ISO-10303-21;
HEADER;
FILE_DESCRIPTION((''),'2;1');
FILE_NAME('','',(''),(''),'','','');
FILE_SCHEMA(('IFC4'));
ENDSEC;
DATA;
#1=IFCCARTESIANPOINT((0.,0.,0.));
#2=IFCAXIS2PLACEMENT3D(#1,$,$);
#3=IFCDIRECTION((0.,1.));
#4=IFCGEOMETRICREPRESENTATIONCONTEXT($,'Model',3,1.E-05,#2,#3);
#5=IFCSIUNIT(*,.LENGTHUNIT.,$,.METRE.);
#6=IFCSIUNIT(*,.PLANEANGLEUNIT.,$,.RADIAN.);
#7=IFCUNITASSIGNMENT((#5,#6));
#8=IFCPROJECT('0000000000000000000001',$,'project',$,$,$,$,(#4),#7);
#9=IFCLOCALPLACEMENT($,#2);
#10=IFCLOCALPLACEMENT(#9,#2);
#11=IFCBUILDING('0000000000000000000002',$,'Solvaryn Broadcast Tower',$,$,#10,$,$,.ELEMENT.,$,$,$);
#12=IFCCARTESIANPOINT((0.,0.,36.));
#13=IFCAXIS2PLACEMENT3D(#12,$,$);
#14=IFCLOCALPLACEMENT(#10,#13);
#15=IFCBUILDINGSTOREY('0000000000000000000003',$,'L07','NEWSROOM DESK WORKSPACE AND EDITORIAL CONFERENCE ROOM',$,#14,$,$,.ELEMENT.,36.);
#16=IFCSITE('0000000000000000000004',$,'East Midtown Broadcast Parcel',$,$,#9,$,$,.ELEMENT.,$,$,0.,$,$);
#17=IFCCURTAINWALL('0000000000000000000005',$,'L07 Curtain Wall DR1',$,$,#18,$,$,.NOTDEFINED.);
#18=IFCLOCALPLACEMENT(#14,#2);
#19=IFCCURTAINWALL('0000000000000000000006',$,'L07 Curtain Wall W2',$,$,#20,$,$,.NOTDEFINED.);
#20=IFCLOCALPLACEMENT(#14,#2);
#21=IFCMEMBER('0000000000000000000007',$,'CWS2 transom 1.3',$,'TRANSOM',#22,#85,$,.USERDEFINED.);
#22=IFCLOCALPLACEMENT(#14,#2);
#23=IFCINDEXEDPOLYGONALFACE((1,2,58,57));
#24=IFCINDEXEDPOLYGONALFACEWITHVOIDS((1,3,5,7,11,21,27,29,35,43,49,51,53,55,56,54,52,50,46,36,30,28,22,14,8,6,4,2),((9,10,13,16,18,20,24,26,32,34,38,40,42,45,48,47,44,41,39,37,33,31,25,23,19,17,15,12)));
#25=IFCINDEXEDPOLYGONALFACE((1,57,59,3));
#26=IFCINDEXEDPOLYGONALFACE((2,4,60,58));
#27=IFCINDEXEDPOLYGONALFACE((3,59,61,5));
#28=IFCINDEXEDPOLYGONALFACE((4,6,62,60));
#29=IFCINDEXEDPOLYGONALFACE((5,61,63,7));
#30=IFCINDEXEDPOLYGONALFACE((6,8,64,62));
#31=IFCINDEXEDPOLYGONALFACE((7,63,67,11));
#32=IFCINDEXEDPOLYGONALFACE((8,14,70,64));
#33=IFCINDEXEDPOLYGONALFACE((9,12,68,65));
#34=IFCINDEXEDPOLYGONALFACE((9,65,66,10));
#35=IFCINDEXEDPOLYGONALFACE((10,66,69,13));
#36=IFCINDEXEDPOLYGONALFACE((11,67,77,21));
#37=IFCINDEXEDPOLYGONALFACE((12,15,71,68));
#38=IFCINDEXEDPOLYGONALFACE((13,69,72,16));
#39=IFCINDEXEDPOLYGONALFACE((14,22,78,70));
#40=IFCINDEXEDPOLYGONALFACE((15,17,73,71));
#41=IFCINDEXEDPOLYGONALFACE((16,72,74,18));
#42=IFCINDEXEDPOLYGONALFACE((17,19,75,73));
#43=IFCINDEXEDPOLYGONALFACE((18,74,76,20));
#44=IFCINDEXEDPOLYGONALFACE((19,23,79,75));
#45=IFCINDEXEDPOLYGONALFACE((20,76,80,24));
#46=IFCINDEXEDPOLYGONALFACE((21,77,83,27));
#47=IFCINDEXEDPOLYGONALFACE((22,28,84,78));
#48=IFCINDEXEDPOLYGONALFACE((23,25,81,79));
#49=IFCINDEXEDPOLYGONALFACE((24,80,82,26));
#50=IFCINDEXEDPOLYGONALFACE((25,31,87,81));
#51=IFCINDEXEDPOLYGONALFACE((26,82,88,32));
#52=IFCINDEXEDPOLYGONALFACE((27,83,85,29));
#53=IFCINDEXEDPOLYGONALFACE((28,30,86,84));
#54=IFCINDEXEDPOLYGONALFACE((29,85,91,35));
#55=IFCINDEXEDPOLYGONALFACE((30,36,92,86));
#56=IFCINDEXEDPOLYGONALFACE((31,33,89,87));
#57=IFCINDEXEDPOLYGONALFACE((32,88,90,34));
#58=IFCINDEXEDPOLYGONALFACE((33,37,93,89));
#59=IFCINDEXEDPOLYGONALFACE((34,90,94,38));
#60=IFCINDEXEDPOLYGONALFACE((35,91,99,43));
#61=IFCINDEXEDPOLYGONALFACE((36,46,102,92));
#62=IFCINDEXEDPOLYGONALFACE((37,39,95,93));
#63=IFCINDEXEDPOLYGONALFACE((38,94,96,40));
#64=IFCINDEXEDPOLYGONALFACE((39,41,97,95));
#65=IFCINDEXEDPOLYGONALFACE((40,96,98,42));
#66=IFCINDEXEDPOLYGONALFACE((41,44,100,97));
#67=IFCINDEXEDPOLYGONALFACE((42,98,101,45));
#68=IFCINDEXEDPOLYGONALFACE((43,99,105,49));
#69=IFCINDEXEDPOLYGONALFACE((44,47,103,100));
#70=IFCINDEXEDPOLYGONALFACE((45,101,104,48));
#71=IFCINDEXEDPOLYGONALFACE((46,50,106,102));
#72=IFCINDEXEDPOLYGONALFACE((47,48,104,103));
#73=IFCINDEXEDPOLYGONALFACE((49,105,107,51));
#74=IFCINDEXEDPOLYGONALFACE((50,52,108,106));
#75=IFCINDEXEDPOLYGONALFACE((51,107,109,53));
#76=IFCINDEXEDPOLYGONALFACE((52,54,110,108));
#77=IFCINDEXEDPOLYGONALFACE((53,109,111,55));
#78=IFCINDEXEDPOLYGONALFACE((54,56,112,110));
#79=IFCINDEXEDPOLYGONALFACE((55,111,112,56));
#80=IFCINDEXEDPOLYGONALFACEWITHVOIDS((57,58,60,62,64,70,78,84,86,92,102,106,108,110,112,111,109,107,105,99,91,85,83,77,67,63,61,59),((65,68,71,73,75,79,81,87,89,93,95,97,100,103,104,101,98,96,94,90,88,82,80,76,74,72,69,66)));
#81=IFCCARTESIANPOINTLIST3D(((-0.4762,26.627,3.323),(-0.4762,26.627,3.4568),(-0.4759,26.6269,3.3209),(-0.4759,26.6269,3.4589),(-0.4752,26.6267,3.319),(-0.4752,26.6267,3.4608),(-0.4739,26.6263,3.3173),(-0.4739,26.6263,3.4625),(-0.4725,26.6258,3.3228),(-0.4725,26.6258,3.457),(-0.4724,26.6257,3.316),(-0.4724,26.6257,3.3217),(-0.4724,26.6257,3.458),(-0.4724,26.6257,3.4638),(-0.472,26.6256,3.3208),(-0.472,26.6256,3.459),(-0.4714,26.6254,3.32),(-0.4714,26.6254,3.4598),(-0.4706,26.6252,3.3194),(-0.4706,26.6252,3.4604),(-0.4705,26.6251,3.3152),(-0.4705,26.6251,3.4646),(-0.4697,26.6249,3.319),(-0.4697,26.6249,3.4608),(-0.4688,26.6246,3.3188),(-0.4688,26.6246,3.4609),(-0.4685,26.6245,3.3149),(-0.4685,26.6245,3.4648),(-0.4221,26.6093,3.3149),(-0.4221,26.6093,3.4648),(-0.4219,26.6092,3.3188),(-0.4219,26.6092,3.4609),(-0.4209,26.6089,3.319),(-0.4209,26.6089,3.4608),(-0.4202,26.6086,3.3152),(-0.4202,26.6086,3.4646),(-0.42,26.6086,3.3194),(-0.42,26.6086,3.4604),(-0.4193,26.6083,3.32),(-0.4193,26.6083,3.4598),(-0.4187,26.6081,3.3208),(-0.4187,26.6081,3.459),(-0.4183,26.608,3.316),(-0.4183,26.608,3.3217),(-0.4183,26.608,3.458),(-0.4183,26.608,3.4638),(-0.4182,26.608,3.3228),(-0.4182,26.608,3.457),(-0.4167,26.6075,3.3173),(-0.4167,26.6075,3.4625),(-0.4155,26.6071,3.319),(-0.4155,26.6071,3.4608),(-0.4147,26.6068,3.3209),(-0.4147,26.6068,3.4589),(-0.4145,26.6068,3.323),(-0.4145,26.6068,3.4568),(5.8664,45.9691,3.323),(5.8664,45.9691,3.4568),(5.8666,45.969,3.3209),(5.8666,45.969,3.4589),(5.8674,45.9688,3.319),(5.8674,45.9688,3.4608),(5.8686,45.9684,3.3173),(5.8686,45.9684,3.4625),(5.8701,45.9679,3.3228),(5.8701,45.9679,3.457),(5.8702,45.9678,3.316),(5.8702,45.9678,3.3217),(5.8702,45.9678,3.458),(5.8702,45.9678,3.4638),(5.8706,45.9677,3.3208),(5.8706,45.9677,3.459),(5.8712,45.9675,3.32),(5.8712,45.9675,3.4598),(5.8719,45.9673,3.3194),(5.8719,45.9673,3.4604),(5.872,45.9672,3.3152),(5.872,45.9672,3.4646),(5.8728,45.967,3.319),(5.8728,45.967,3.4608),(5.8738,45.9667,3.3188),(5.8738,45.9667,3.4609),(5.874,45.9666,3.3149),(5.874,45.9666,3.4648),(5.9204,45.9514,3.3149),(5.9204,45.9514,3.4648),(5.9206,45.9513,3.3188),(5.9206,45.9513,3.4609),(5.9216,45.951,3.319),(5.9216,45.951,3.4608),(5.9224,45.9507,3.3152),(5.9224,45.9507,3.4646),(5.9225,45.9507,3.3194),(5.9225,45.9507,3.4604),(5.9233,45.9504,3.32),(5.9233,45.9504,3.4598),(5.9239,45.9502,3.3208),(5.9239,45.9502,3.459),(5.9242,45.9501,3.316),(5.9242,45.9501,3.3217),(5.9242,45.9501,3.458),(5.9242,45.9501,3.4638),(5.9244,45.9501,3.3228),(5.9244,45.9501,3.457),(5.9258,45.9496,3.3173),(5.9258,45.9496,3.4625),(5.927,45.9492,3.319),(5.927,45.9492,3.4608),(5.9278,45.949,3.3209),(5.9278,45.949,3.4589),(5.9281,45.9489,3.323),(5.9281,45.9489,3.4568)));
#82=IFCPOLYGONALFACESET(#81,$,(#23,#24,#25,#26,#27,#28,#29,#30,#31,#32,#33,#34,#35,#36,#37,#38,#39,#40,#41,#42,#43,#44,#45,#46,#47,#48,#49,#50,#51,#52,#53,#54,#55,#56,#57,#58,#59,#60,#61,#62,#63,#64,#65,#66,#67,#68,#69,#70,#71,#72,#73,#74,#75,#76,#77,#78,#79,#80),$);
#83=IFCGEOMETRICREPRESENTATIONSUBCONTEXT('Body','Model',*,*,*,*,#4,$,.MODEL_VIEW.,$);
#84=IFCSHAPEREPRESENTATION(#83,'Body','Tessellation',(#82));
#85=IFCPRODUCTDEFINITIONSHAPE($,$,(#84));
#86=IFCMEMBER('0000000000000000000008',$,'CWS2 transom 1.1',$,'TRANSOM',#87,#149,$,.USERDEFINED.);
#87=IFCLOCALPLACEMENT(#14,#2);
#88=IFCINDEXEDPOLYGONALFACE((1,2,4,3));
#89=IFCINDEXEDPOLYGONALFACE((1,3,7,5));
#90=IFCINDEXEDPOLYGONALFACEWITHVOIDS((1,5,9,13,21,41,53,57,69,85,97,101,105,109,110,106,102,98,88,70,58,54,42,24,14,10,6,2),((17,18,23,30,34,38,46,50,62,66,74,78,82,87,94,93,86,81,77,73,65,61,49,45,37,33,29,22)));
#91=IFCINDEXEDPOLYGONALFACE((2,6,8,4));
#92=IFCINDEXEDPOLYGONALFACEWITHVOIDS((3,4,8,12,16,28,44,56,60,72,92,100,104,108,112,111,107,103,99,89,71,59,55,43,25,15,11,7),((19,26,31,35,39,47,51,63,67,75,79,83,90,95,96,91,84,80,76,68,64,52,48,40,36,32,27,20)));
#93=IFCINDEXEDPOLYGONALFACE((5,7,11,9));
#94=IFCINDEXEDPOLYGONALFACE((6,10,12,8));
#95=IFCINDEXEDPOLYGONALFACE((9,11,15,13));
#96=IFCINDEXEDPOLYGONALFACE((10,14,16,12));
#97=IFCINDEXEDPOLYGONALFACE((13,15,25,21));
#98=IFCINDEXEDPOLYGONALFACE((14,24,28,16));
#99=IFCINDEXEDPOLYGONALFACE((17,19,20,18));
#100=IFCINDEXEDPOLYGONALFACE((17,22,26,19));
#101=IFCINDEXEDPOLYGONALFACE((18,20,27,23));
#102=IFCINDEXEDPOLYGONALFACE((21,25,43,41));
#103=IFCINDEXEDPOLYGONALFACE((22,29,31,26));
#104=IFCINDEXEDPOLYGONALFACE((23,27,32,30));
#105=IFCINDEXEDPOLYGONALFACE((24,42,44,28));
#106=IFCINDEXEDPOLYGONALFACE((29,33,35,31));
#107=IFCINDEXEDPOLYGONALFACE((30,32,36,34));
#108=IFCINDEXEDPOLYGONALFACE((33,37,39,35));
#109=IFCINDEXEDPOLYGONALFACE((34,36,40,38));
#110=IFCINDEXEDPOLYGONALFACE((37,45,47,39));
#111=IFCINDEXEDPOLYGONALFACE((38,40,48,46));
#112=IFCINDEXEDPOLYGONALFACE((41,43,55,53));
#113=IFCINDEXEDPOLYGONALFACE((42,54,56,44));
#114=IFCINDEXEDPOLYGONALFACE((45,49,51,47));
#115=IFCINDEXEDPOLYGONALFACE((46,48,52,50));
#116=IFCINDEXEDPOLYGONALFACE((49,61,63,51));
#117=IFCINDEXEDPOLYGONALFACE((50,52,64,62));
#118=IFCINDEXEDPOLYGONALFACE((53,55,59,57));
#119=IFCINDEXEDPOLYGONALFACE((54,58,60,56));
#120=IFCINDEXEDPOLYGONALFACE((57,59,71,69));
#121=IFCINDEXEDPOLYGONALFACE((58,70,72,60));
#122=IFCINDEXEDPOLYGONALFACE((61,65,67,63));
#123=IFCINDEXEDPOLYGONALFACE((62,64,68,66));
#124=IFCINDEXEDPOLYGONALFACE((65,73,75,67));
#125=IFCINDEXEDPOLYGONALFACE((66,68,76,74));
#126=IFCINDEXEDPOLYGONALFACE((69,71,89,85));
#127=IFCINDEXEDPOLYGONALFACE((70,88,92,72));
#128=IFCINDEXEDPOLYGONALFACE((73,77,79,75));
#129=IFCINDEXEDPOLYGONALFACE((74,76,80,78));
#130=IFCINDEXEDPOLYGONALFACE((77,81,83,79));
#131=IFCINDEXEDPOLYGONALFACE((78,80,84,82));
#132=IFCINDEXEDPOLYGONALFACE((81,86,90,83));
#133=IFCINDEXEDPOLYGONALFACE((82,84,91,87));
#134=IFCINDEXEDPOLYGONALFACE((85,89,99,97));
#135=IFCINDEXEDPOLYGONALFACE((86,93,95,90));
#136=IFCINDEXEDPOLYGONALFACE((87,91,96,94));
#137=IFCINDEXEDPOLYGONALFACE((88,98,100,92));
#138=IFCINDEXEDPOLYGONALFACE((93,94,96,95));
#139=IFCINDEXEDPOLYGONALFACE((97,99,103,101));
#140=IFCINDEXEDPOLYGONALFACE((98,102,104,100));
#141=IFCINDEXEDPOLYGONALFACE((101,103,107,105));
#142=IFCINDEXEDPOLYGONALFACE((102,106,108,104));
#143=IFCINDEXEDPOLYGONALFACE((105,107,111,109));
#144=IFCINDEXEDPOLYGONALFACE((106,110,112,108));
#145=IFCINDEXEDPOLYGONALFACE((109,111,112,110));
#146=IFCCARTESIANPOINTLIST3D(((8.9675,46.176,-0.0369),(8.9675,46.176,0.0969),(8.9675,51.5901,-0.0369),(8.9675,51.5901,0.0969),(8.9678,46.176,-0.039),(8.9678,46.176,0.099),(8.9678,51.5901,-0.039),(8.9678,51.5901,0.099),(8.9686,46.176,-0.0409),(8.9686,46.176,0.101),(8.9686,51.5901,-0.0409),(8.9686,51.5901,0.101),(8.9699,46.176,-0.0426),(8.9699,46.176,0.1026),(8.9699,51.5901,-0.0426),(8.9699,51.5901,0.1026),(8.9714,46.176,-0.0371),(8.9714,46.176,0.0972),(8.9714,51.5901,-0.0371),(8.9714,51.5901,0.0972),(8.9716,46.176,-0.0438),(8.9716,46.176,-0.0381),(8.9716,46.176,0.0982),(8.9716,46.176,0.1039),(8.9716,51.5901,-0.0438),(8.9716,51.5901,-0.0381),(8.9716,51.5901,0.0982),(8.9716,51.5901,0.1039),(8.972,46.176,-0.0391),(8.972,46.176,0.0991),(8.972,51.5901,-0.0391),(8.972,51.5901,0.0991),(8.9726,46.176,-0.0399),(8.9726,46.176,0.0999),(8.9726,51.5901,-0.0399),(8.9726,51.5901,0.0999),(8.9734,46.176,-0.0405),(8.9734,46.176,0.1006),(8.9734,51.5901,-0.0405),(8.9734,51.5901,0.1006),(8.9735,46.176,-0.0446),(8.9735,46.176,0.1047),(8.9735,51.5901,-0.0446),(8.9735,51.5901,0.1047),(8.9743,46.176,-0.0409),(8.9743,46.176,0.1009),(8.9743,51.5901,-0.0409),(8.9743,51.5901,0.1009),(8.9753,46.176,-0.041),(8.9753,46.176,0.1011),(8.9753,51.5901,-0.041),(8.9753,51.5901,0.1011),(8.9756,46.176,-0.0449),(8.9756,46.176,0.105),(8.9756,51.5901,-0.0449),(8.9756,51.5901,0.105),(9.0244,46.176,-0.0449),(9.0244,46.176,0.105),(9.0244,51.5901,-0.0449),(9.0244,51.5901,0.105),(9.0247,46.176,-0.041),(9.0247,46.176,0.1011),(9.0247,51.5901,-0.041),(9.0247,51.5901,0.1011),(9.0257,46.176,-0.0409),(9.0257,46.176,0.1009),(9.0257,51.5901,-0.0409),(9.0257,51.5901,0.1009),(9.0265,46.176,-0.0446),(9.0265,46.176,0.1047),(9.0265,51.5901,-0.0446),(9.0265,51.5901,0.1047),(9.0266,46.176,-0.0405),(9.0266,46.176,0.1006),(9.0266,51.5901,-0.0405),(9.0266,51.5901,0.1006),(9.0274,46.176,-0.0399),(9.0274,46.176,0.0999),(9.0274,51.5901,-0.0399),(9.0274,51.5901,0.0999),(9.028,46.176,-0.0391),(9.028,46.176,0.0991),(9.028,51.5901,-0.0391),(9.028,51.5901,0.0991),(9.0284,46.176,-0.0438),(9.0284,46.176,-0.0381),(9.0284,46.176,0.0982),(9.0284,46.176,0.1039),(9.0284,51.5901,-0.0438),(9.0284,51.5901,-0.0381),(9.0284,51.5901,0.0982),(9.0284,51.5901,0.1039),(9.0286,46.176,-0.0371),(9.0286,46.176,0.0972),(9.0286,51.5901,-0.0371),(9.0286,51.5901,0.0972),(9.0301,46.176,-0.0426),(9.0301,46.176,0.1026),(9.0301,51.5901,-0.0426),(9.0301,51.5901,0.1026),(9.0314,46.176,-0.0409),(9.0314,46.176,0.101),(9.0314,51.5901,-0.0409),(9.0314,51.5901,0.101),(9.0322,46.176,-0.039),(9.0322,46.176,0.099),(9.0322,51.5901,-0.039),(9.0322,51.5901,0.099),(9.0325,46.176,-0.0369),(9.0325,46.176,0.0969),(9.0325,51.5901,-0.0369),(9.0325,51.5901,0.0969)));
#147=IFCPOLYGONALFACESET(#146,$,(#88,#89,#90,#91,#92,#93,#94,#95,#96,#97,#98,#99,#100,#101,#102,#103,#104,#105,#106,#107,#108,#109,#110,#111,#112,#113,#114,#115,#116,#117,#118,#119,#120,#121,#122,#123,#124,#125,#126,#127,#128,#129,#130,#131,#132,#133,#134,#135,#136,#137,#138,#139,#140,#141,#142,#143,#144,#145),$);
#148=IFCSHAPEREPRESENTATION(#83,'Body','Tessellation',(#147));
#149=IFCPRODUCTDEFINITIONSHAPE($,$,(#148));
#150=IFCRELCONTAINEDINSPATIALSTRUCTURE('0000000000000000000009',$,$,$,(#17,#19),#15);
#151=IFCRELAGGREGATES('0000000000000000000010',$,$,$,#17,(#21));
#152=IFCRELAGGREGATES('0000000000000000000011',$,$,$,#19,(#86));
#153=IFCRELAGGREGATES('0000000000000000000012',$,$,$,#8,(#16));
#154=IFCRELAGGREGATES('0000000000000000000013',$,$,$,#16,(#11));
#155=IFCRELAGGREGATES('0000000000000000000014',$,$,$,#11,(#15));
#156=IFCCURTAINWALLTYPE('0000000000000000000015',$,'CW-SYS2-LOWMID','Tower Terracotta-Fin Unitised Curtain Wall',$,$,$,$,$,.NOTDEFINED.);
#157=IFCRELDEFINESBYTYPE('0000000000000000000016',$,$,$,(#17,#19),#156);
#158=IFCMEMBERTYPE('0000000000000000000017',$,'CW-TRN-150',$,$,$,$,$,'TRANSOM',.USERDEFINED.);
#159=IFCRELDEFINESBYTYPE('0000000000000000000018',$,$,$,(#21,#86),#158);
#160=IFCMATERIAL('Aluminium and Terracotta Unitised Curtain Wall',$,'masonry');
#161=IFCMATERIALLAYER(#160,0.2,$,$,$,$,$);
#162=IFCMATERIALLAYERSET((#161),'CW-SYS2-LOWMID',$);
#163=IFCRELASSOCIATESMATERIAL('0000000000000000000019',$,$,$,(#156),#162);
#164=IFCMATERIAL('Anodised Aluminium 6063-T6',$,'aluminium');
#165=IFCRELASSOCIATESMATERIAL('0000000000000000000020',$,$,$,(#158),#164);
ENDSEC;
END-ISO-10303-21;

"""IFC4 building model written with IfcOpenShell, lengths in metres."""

from ifc_helpers import new_model, si_unit, direction, frame, origin, origin_2d, place, context, subcontext, project, spatial, hollow_rectangle, extrude, material, layer, layer_set, material_profile, profile_set, type_object, element, aggregate, save


model = new_model("IFC4")

# Units and contexts
model_context = context("Model", 3, precision=1e-05, world=origin(), true_north=direction((0.0, 1.0)))
body_context = subcontext(model_context, "Body", "Model", "MODEL_VIEW")
ifc_project = project(units=[si_unit("LENGTHUNIT", "METRE"), si_unit("PLANEANGLEUNIT", "RADIAN")], contexts=[model_context])

# Site, building, storey
site_placement = place(None, origin())
site = spatial("IfcSite", under=ifc_project, at=site_placement, Name="East Midtown Broadcast Parcel", CompositionType="ELEMENT", RefElevation=0.0)
building_placement = place(site_placement, origin())
building = spatial("IfcBuilding", under=site, at=building_placement, Name="Solvaryn Broadcast Tower", CompositionType="ELEMENT")
storey_placement = place(building_placement, frame((0.0, 0.0, 36.0)))
storey = spatial("IfcBuildingStorey", under=building, at=storey_placement, Name="L07", Description="NEWSROOM DESK WORKSPACE AND EDITORIAL CONFERENCE ROOM", CompositionType="ELEMENT", Elevation=36.0)

# Curtain wall
ifc_material_1 = material(Name="Aluminium and Terracotta Unitised Curtain Wall", Category="masonry")
ifc_layer_1 = layer(ifc_material_1, 0.2)
ifc_layer_set_1 = layer_set([ifc_layer_1], Name="CW-SYS2-LOWMID")
curtain_wall_type = type_object("IfcCurtainWallType", Name="CW-SYS2-LOWMID", Description="Tower Terracotta-Fin Unitised Curtain Wall", PredefinedType="NOTDEFINED", material=ifc_layer_set_1)
curtain_wall_1_placement = place(storey_placement, origin())
curtain_wall_1 = element("IfcCurtainWall", 1, at=curtain_wall_1_placement, inside=storey, type_object=curtain_wall_type, Name="L07 Curtain Wall DR1", PredefinedType="NOTDEFINED")

# Curtain wall
curtain_wall_2_placement = place(storey_placement, origin())
curtain_wall_2 = element("IfcCurtainWall", 2, at=curtain_wall_2_placement, inside=storey, type_object=curtain_wall_type, Name="L07 Curtain Wall W2", PredefinedType="NOTDEFINED")

# Members
ifc_material_2 = material(Name="Anodised Aluminium 6063-T6", Category="aluminium")
ifc_material_profile_1 = material_profile(ifc_material_2, hollow_rectangle(XDim=0.0649, YDim=0.1499, WallThickness=0.0039, InnerFilletRadius=0.0039, OuterFilletRadius=0.0081, at=origin_2d()))
ifc_profile_set_1 = profile_set([ifc_material_profile_1], Name="Anodised Aluminium 6063-T6")
member_type_1 = type_object("IfcMemberType", Name="CW-TRN-150", ElementType="TRANSOM", PredefinedType="USERDEFINED", material=ifc_profile_set_1)
member_1_placement = place(storey_placement, frame((5.8972, 45.959, 3.3899), z_axis=(-0.31159, -0.950217, 0.0), x_axis=(0.950217, -0.31159, 0.0)))
member_1 = element("IfcMember", 3, at=member_1_placement, type_object=member_type_1, Name="CWS2 transom 1.3", ObjectType="TRANSOM", PredefinedType="USERDEFINED", context=body_context, shape_type="SweptSolid", body=[
    extrude(hollow_rectangle(XDim=0.0649, YDim=0.1499, WallThickness=0.0039, InnerFilletRadius=0.0039, OuterFilletRadius=0.0081, at=origin_2d()), origin(), (0.0, 0.0, 1.0), 20.3555),
])
aggregate(curtain_wall_1, [member_1])
member_2_placement = place(storey_placement, frame((9.0, 46.176, 0.03), z_axis=(0.0, 1.0, 0.0), x_axis=(-1.0, 0.0, 0.0)))
member_2 = element("IfcMember", 4, at=member_2_placement, type_object=member_type_1, Name="CWS2 transom 1.1", ObjectType="TRANSOM", PredefinedType="USERDEFINED", context=body_context, shape_type="SweptSolid", body=[
    extrude(hollow_rectangle(XDim=0.0649, YDim=0.1499, WallThickness=0.0039, InnerFilletRadius=0.0039, OuterFilletRadius=0.0081, at=origin_2d()), origin(), (0.0, 0.0, 1.0), 5.4141),
])

aggregate(curtain_wall_2, [member_2])

save(model, "model.ifc")
